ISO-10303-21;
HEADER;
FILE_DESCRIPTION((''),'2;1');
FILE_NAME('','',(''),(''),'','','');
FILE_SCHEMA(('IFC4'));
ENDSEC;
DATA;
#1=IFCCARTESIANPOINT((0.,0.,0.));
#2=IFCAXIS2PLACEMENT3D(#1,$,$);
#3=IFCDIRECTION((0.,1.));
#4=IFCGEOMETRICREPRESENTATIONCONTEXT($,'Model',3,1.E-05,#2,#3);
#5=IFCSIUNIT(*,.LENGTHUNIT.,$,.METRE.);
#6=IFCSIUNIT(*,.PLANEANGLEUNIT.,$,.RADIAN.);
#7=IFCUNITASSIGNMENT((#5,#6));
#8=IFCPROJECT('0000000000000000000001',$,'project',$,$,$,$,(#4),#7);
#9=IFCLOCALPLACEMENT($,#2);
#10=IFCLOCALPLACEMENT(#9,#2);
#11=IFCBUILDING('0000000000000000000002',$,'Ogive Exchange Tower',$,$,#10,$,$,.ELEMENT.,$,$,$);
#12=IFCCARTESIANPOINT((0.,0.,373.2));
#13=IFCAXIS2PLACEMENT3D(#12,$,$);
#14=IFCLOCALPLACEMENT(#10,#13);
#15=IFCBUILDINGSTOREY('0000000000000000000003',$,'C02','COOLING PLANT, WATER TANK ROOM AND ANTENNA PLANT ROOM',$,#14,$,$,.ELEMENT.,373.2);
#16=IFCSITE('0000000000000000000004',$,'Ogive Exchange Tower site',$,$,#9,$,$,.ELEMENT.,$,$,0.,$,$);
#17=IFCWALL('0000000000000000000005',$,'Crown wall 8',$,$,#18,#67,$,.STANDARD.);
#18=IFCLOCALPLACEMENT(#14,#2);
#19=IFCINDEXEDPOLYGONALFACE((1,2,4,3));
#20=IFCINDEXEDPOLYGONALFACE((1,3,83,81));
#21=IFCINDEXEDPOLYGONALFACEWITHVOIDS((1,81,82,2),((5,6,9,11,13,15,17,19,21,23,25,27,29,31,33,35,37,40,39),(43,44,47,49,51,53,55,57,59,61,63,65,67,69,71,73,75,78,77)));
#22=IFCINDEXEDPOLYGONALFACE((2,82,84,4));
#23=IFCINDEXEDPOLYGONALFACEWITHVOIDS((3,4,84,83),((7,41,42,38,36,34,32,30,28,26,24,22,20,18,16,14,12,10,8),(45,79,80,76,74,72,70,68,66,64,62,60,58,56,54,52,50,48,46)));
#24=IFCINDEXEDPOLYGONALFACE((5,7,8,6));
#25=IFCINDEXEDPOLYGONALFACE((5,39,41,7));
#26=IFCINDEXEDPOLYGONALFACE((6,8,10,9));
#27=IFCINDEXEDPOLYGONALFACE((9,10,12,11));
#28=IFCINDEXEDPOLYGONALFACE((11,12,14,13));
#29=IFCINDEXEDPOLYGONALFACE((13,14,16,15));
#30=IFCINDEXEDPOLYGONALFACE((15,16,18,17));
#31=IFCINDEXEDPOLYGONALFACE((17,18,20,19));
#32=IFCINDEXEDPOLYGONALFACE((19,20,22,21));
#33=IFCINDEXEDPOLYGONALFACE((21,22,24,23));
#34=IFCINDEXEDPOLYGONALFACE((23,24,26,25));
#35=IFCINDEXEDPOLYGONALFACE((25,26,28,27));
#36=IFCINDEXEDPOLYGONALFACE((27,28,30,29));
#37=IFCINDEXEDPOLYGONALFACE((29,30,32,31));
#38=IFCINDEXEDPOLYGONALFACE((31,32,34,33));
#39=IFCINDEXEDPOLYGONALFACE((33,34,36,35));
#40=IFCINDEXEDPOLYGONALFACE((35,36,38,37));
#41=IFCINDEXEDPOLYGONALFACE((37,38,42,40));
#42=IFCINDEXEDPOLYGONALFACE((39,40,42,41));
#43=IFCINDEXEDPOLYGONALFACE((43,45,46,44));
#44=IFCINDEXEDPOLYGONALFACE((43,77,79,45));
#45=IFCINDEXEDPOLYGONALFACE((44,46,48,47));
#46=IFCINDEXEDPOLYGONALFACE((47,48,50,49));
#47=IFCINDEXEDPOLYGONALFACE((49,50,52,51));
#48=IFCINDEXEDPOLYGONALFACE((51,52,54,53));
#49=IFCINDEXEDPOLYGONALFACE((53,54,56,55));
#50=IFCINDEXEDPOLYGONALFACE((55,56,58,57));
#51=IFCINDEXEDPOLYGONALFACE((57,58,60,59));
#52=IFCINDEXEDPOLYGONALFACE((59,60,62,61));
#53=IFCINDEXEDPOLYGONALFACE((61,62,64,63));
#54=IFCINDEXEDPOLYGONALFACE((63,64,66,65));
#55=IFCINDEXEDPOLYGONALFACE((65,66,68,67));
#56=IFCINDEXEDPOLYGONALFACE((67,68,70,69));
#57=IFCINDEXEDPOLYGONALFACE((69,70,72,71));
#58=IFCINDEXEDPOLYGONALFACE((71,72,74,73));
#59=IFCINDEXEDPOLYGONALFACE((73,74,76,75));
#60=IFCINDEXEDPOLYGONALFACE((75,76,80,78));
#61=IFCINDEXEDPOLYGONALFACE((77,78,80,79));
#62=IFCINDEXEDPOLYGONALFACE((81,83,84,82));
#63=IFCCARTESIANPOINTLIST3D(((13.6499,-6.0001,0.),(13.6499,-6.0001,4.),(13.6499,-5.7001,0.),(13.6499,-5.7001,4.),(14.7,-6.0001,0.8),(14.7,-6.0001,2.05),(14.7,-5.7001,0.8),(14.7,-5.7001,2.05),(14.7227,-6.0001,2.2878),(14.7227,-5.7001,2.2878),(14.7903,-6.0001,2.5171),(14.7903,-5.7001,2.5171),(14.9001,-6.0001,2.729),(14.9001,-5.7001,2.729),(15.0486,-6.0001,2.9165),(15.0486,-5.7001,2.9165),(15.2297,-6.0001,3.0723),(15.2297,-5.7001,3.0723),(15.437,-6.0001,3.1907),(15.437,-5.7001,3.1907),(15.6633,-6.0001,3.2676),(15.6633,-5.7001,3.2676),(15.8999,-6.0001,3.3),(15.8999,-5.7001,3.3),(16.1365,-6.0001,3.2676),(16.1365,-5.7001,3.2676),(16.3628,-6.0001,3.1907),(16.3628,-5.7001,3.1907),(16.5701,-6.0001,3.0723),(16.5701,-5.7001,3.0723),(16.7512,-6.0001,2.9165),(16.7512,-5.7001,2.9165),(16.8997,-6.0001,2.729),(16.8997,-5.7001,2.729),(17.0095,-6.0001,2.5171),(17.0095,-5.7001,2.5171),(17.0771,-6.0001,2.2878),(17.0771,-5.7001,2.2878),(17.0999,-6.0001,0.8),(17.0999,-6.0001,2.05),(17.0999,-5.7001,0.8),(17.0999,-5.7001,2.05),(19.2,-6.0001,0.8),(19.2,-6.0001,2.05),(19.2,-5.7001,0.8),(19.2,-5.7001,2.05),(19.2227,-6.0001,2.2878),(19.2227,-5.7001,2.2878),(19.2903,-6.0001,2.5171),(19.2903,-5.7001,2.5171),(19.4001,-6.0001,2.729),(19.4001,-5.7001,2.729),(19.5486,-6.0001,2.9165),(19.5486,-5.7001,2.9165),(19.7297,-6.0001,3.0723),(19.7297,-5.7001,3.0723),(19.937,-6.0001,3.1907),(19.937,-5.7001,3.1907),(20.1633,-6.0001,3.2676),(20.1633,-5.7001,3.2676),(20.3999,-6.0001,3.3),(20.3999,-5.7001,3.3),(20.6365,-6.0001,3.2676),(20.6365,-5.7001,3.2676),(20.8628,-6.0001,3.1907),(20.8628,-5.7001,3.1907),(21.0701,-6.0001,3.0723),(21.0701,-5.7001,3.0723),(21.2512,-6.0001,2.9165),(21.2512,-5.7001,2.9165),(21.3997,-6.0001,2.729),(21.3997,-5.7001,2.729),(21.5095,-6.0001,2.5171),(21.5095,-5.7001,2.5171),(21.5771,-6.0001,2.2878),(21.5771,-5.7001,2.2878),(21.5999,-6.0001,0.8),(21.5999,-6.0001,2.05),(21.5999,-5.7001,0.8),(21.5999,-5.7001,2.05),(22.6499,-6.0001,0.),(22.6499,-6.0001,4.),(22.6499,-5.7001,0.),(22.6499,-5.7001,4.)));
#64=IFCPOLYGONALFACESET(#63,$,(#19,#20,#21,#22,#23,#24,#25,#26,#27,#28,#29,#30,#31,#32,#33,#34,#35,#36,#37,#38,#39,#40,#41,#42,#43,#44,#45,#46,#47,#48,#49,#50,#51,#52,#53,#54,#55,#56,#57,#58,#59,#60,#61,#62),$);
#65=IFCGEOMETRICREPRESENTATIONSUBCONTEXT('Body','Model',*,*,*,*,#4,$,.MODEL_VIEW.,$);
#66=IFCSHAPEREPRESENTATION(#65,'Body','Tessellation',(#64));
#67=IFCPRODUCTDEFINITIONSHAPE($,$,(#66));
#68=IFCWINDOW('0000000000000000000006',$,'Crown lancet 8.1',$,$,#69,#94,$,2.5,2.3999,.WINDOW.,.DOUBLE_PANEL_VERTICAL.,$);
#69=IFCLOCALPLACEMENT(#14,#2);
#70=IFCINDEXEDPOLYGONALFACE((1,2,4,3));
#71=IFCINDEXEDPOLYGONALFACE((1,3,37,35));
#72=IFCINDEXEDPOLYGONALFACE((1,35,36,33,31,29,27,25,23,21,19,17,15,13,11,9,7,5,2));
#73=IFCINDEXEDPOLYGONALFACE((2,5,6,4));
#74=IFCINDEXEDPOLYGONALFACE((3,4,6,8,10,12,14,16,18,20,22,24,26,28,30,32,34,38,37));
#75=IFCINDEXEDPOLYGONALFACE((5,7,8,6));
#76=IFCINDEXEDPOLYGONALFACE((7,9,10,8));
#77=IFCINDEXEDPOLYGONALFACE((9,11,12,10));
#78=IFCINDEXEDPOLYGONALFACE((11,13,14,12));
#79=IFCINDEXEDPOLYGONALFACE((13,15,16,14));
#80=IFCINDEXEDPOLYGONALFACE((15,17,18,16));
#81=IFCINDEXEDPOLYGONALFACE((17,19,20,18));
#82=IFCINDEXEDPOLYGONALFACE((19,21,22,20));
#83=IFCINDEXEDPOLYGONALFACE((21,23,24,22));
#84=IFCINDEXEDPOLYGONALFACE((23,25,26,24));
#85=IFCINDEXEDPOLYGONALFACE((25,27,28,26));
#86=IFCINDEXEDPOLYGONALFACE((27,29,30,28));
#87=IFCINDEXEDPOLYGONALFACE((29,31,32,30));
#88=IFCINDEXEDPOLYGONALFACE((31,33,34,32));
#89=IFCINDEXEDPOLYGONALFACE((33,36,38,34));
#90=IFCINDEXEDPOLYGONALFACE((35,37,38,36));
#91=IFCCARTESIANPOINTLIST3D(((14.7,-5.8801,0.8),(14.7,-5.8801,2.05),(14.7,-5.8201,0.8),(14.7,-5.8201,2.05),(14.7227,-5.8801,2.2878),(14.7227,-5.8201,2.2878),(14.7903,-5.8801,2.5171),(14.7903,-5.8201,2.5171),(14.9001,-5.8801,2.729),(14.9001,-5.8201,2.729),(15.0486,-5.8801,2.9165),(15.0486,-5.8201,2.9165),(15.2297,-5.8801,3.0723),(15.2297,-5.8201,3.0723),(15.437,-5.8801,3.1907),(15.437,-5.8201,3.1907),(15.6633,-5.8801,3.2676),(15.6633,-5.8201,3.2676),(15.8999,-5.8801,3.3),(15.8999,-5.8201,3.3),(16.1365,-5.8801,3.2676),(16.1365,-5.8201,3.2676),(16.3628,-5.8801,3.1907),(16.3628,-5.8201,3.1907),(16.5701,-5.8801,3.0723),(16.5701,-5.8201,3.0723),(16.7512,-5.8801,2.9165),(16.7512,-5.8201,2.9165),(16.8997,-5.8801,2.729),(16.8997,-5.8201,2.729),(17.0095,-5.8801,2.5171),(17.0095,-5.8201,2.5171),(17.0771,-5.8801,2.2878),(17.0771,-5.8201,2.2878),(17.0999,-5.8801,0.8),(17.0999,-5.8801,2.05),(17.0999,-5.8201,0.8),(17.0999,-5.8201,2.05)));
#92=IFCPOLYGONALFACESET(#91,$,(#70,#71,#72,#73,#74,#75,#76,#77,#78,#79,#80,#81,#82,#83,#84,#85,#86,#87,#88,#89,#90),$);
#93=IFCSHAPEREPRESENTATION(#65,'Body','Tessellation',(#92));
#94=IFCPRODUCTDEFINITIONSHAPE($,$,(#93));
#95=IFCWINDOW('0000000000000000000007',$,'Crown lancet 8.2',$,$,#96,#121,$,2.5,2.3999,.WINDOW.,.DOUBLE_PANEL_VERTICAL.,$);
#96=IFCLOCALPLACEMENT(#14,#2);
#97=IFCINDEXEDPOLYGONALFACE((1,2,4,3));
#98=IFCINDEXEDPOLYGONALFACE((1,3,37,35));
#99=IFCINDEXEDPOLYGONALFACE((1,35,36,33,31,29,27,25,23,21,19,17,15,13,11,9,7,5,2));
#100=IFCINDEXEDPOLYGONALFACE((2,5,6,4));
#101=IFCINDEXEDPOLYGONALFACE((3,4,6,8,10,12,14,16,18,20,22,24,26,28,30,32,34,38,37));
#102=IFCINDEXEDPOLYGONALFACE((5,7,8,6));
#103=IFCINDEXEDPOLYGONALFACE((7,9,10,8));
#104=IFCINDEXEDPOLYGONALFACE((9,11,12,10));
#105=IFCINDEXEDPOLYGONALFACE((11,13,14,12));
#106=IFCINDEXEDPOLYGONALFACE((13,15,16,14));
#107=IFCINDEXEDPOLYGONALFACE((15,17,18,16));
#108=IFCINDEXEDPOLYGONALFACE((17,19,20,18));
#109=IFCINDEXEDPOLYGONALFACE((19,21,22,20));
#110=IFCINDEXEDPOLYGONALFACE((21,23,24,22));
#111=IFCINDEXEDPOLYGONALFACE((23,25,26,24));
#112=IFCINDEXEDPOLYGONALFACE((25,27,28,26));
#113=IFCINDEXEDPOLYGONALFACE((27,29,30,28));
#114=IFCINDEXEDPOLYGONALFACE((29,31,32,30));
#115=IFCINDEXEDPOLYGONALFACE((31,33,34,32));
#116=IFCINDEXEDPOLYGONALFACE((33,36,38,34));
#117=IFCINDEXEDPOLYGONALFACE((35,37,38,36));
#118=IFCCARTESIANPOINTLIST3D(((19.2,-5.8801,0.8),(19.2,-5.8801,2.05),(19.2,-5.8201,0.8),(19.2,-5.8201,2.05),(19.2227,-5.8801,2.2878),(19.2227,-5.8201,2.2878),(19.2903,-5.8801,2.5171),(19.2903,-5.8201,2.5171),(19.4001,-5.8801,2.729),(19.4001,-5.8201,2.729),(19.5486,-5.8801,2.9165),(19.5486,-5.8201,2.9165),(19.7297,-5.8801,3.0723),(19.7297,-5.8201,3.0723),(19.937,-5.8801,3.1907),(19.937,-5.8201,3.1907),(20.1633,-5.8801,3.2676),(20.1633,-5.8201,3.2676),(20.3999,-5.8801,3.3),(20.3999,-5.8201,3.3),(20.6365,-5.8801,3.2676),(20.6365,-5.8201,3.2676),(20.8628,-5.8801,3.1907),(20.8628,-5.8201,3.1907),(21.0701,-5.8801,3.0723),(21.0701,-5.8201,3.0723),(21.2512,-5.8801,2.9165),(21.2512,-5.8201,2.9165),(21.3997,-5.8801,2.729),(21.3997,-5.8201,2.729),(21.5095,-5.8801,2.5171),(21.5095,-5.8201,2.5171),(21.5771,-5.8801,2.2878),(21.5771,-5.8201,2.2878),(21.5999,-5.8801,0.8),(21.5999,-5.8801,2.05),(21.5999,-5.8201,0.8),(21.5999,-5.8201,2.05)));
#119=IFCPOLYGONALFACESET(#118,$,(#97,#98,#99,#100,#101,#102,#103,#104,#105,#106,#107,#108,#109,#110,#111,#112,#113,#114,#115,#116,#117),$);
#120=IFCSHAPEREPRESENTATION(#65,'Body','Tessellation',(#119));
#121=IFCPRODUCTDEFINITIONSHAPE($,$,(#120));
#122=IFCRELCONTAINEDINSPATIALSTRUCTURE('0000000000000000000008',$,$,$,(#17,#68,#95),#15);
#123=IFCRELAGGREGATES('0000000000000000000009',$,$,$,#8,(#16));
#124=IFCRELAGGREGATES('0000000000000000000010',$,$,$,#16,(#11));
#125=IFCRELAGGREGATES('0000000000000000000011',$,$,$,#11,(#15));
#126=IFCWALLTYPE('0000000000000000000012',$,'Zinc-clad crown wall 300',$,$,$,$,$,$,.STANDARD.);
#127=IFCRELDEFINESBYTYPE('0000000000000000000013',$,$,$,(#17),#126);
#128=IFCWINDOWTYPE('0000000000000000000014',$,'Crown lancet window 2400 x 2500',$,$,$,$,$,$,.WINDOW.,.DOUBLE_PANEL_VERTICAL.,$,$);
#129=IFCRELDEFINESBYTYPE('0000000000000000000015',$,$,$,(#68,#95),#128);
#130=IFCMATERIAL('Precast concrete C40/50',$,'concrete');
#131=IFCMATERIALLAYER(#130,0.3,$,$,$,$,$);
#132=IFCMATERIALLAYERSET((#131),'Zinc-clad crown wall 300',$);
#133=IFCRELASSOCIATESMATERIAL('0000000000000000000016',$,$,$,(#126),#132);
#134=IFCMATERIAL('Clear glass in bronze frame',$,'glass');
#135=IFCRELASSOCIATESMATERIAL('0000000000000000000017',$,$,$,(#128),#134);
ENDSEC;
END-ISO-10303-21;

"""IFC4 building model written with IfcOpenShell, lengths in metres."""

from ifc_helpers import new_model, si_unit, direction, frame, frame_2d, origin, place, context, subcontext, project, spatial, polyline, rectangle, outline, extrude, material, layer, layer_set, type_object, element, fill, save


model = new_model("IFC4")

# Units and contexts
model_context = context("Model", 3, precision=1e-05, world=origin(), true_north=direction((0.0, 1.0)))
body_context = subcontext(model_context, "Body", "Model", "MODEL_VIEW")
ifc_project = project(units=[si_unit("LENGTHUNIT", "METRE"), si_unit("PLANEANGLEUNIT", "RADIAN")], contexts=[model_context])

# Site, building, storey
site_placement = place(None, origin())
site = spatial("IfcSite", under=ifc_project, at=site_placement, Name="Ogive Exchange Tower site", CompositionType="ELEMENT", RefElevation=0.0)
building_placement = place(site_placement, origin())
building = spatial("IfcBuilding", under=site, at=building_placement, Name="Ogive Exchange Tower", CompositionType="ELEMENT")
storey_placement = place(building_placement, frame((0.0, 0.0, 373.2)))
storey = spatial("IfcBuildingStorey", under=building, at=storey_placement, Name="C02", Description="COOLING PLANT, WATER TANK ROOM AND ANTENNA PLANT ROOM", CompositionType="ELEMENT", Elevation=373.2)

# Wall, openings, windows
ifc_material_1 = material(Name="Precast concrete C40/50", Category="concrete")
ifc_layer_1 = layer(ifc_material_1, 0.3)
ifc_layer_set_1 = layer_set([ifc_layer_1], Name="Zinc-clad crown wall 300")
wall_type_1 = type_object("IfcWallType", Name="Zinc-clad crown wall 300", PredefinedType="STANDARD", material=ifc_layer_set_1)
ifc_material_2 = material(Name="Clear glass in bronze frame", Category="glass")
window_type = type_object("IfcWindowType", Name="Crown lancet window 2400 x 2500", PartitioningType="DOUBLE_PANEL_VERTICAL", PredefinedType="WINDOW", material=ifc_material_2)
wall_1_placement = place(storey_placement, frame((13.6499, -5.8501, 0.0), z_axis=(0.0, 0.0, 1.0), x_axis=(1.0, 0.0, 0.0)))
wall_1 = element("IfcWall", 1, at=wall_1_placement, inside=storey, type_object=wall_type_1, Name="Crown wall 8", PredefinedType="STANDARD", context=body_context, shape_type="SweptSolid", body=[
    extrude(rectangle(XDim=9.0, YDim=0.3, at=frame_2d((4.5, 0.0))), origin(), (0.0, 0.0, 1.0), 4.0),
])
opening_1_placement = place(wall_1_placement, frame((1.05, 0.0, 0.8)))
opening_1 = element("IfcOpeningElement", 2, at=opening_1_placement, cuts=wall_1, PredefinedType="OPENING", context=body_context, shape_type="SweptSolid", body=[
    extrude(outline(polyline([(0.0, 0.0), (2.3999, 0.0), (2.3999, 1.25), (2.3772, 1.4878), (2.3096, 1.717), (2.1997, 1.929), (2.0513, 2.1165), (1.8701, 2.2722), (1.6628, 2.3906), (1.4365, 2.4675), (1.2, 2.5), (0.9634, 2.4675), (0.7371, 2.3906), (0.5298, 2.2722), (0.3486, 2.1165), (0.2002, 1.929), (0.0903, 1.717), (0.0227, 1.4878), (0.0, 1.25), (0.0, 0.0)])), frame((0.0, 0.1599, 0.0), z_axis=(0.0, -1.0, 0.0), x_axis=(1.0, 0.0, 0.0)), (0.0, 0.0, 1.0), 0.3201),
])
opening_2_placement = place(wall_1_placement, frame((5.55, 0.0, 0.8)))
opening_2 = element("IfcOpeningElement", 3, at=opening_2_placement, cuts=wall_1, PredefinedType="OPENING", context=body_context, shape_type="SweptSolid", body=[
    extrude(outline(polyline([(0.0, 0.0), (2.3999, 0.0), (2.3999, 1.25), (2.3772, 1.4878), (2.3096, 1.717), (2.1997, 1.929), (2.0513, 2.1165), (1.8701, 2.2722), (1.6628, 2.3906), (1.4365, 2.4675), (1.2, 2.5), (0.9634, 2.4675), (0.7371, 2.3906), (0.5298, 2.2722), (0.3486, 2.1165), (0.2002, 1.929), (0.0903, 1.717), (0.0227, 1.4878), (0.0, 1.25), (0.0, 0.0)])), frame((0.0, 0.1599, 0.0), z_axis=(0.0, -1.0, 0.0), x_axis=(1.0, 0.0, 0.0)), (0.0, 0.0, 1.0), 0.3201),
])
window_1_placement = place(opening_1_placement, origin())
window_1 = element("IfcWindow", 4, at=window_1_placement, inside=storey, type_object=window_type, Name="Crown lancet 8.1", OverallHeight=2.5, OverallWidth=2.3999, PartitioningType="DOUBLE_PANEL_VERTICAL", PredefinedType="WINDOW", context=body_context, shape_type="SweptSolid", body=[
    extrude(outline(polyline([(0.0, 0.0), (2.3999, 0.0), (2.3999, 1.25), (2.3772, 1.4878), (2.3096, 1.717), (2.1997, 1.929), (2.0513, 2.1165), (1.8701, 2.2722), (1.6628, 2.3906), (1.4365, 2.4675), (1.2, 2.5), (0.9634, 2.4675), (0.7371, 2.3906), (0.5298, 2.2722), (0.3486, 2.1165), (0.2002, 1.929), (0.0903, 1.717), (0.0227, 1.4878), (0.0, 1.25), (0.0, 0.0)])), frame((0.0, 0.03, 0.0), z_axis=(0.0, -1.0, 0.0), x_axis=(1.0, 0.0, 0.0)), (0.0, 0.0, 1.0), 0.0601),
])
fill(opening_1, window_1)
window_2_placement = place(opening_2_placement, origin())
window_2 = element("IfcWindow", 5, at=window_2_placement, inside=storey, type_object=window_type, Name="Crown lancet 8.2", OverallHeight=2.5, OverallWidth=2.3999, PartitioningType="DOUBLE_PANEL_VERTICAL", PredefinedType="WINDOW", context=body_context, shape_type="SweptSolid", body=[
    extrude(outline(polyline([(0.0, 0.0), (2.3999, 0.0), (2.3999, 1.25), (2.3772, 1.4878), (2.3096, 1.717), (2.1997, 1.929), (2.0513, 2.1165), (1.8701, 2.2722), (1.6628, 2.3906), (1.4365, 2.4675), (1.2, 2.5), (0.9634, 2.4675), (0.7371, 2.3906), (0.5298, 2.2722), (0.3486, 2.1165), (0.2002, 1.929), (0.0903, 1.717), (0.0227, 1.4878), (0.0, 1.25), (0.0, 0.0)])), frame((0.0, 0.03, 0.0), z_axis=(0.0, -1.0, 0.0), x_axis=(1.0, 0.0, 0.0)), (0.0, 0.0, 1.0), 0.0601),
])
fill(opening_2, window_2)

save(model, "model.ifc")
